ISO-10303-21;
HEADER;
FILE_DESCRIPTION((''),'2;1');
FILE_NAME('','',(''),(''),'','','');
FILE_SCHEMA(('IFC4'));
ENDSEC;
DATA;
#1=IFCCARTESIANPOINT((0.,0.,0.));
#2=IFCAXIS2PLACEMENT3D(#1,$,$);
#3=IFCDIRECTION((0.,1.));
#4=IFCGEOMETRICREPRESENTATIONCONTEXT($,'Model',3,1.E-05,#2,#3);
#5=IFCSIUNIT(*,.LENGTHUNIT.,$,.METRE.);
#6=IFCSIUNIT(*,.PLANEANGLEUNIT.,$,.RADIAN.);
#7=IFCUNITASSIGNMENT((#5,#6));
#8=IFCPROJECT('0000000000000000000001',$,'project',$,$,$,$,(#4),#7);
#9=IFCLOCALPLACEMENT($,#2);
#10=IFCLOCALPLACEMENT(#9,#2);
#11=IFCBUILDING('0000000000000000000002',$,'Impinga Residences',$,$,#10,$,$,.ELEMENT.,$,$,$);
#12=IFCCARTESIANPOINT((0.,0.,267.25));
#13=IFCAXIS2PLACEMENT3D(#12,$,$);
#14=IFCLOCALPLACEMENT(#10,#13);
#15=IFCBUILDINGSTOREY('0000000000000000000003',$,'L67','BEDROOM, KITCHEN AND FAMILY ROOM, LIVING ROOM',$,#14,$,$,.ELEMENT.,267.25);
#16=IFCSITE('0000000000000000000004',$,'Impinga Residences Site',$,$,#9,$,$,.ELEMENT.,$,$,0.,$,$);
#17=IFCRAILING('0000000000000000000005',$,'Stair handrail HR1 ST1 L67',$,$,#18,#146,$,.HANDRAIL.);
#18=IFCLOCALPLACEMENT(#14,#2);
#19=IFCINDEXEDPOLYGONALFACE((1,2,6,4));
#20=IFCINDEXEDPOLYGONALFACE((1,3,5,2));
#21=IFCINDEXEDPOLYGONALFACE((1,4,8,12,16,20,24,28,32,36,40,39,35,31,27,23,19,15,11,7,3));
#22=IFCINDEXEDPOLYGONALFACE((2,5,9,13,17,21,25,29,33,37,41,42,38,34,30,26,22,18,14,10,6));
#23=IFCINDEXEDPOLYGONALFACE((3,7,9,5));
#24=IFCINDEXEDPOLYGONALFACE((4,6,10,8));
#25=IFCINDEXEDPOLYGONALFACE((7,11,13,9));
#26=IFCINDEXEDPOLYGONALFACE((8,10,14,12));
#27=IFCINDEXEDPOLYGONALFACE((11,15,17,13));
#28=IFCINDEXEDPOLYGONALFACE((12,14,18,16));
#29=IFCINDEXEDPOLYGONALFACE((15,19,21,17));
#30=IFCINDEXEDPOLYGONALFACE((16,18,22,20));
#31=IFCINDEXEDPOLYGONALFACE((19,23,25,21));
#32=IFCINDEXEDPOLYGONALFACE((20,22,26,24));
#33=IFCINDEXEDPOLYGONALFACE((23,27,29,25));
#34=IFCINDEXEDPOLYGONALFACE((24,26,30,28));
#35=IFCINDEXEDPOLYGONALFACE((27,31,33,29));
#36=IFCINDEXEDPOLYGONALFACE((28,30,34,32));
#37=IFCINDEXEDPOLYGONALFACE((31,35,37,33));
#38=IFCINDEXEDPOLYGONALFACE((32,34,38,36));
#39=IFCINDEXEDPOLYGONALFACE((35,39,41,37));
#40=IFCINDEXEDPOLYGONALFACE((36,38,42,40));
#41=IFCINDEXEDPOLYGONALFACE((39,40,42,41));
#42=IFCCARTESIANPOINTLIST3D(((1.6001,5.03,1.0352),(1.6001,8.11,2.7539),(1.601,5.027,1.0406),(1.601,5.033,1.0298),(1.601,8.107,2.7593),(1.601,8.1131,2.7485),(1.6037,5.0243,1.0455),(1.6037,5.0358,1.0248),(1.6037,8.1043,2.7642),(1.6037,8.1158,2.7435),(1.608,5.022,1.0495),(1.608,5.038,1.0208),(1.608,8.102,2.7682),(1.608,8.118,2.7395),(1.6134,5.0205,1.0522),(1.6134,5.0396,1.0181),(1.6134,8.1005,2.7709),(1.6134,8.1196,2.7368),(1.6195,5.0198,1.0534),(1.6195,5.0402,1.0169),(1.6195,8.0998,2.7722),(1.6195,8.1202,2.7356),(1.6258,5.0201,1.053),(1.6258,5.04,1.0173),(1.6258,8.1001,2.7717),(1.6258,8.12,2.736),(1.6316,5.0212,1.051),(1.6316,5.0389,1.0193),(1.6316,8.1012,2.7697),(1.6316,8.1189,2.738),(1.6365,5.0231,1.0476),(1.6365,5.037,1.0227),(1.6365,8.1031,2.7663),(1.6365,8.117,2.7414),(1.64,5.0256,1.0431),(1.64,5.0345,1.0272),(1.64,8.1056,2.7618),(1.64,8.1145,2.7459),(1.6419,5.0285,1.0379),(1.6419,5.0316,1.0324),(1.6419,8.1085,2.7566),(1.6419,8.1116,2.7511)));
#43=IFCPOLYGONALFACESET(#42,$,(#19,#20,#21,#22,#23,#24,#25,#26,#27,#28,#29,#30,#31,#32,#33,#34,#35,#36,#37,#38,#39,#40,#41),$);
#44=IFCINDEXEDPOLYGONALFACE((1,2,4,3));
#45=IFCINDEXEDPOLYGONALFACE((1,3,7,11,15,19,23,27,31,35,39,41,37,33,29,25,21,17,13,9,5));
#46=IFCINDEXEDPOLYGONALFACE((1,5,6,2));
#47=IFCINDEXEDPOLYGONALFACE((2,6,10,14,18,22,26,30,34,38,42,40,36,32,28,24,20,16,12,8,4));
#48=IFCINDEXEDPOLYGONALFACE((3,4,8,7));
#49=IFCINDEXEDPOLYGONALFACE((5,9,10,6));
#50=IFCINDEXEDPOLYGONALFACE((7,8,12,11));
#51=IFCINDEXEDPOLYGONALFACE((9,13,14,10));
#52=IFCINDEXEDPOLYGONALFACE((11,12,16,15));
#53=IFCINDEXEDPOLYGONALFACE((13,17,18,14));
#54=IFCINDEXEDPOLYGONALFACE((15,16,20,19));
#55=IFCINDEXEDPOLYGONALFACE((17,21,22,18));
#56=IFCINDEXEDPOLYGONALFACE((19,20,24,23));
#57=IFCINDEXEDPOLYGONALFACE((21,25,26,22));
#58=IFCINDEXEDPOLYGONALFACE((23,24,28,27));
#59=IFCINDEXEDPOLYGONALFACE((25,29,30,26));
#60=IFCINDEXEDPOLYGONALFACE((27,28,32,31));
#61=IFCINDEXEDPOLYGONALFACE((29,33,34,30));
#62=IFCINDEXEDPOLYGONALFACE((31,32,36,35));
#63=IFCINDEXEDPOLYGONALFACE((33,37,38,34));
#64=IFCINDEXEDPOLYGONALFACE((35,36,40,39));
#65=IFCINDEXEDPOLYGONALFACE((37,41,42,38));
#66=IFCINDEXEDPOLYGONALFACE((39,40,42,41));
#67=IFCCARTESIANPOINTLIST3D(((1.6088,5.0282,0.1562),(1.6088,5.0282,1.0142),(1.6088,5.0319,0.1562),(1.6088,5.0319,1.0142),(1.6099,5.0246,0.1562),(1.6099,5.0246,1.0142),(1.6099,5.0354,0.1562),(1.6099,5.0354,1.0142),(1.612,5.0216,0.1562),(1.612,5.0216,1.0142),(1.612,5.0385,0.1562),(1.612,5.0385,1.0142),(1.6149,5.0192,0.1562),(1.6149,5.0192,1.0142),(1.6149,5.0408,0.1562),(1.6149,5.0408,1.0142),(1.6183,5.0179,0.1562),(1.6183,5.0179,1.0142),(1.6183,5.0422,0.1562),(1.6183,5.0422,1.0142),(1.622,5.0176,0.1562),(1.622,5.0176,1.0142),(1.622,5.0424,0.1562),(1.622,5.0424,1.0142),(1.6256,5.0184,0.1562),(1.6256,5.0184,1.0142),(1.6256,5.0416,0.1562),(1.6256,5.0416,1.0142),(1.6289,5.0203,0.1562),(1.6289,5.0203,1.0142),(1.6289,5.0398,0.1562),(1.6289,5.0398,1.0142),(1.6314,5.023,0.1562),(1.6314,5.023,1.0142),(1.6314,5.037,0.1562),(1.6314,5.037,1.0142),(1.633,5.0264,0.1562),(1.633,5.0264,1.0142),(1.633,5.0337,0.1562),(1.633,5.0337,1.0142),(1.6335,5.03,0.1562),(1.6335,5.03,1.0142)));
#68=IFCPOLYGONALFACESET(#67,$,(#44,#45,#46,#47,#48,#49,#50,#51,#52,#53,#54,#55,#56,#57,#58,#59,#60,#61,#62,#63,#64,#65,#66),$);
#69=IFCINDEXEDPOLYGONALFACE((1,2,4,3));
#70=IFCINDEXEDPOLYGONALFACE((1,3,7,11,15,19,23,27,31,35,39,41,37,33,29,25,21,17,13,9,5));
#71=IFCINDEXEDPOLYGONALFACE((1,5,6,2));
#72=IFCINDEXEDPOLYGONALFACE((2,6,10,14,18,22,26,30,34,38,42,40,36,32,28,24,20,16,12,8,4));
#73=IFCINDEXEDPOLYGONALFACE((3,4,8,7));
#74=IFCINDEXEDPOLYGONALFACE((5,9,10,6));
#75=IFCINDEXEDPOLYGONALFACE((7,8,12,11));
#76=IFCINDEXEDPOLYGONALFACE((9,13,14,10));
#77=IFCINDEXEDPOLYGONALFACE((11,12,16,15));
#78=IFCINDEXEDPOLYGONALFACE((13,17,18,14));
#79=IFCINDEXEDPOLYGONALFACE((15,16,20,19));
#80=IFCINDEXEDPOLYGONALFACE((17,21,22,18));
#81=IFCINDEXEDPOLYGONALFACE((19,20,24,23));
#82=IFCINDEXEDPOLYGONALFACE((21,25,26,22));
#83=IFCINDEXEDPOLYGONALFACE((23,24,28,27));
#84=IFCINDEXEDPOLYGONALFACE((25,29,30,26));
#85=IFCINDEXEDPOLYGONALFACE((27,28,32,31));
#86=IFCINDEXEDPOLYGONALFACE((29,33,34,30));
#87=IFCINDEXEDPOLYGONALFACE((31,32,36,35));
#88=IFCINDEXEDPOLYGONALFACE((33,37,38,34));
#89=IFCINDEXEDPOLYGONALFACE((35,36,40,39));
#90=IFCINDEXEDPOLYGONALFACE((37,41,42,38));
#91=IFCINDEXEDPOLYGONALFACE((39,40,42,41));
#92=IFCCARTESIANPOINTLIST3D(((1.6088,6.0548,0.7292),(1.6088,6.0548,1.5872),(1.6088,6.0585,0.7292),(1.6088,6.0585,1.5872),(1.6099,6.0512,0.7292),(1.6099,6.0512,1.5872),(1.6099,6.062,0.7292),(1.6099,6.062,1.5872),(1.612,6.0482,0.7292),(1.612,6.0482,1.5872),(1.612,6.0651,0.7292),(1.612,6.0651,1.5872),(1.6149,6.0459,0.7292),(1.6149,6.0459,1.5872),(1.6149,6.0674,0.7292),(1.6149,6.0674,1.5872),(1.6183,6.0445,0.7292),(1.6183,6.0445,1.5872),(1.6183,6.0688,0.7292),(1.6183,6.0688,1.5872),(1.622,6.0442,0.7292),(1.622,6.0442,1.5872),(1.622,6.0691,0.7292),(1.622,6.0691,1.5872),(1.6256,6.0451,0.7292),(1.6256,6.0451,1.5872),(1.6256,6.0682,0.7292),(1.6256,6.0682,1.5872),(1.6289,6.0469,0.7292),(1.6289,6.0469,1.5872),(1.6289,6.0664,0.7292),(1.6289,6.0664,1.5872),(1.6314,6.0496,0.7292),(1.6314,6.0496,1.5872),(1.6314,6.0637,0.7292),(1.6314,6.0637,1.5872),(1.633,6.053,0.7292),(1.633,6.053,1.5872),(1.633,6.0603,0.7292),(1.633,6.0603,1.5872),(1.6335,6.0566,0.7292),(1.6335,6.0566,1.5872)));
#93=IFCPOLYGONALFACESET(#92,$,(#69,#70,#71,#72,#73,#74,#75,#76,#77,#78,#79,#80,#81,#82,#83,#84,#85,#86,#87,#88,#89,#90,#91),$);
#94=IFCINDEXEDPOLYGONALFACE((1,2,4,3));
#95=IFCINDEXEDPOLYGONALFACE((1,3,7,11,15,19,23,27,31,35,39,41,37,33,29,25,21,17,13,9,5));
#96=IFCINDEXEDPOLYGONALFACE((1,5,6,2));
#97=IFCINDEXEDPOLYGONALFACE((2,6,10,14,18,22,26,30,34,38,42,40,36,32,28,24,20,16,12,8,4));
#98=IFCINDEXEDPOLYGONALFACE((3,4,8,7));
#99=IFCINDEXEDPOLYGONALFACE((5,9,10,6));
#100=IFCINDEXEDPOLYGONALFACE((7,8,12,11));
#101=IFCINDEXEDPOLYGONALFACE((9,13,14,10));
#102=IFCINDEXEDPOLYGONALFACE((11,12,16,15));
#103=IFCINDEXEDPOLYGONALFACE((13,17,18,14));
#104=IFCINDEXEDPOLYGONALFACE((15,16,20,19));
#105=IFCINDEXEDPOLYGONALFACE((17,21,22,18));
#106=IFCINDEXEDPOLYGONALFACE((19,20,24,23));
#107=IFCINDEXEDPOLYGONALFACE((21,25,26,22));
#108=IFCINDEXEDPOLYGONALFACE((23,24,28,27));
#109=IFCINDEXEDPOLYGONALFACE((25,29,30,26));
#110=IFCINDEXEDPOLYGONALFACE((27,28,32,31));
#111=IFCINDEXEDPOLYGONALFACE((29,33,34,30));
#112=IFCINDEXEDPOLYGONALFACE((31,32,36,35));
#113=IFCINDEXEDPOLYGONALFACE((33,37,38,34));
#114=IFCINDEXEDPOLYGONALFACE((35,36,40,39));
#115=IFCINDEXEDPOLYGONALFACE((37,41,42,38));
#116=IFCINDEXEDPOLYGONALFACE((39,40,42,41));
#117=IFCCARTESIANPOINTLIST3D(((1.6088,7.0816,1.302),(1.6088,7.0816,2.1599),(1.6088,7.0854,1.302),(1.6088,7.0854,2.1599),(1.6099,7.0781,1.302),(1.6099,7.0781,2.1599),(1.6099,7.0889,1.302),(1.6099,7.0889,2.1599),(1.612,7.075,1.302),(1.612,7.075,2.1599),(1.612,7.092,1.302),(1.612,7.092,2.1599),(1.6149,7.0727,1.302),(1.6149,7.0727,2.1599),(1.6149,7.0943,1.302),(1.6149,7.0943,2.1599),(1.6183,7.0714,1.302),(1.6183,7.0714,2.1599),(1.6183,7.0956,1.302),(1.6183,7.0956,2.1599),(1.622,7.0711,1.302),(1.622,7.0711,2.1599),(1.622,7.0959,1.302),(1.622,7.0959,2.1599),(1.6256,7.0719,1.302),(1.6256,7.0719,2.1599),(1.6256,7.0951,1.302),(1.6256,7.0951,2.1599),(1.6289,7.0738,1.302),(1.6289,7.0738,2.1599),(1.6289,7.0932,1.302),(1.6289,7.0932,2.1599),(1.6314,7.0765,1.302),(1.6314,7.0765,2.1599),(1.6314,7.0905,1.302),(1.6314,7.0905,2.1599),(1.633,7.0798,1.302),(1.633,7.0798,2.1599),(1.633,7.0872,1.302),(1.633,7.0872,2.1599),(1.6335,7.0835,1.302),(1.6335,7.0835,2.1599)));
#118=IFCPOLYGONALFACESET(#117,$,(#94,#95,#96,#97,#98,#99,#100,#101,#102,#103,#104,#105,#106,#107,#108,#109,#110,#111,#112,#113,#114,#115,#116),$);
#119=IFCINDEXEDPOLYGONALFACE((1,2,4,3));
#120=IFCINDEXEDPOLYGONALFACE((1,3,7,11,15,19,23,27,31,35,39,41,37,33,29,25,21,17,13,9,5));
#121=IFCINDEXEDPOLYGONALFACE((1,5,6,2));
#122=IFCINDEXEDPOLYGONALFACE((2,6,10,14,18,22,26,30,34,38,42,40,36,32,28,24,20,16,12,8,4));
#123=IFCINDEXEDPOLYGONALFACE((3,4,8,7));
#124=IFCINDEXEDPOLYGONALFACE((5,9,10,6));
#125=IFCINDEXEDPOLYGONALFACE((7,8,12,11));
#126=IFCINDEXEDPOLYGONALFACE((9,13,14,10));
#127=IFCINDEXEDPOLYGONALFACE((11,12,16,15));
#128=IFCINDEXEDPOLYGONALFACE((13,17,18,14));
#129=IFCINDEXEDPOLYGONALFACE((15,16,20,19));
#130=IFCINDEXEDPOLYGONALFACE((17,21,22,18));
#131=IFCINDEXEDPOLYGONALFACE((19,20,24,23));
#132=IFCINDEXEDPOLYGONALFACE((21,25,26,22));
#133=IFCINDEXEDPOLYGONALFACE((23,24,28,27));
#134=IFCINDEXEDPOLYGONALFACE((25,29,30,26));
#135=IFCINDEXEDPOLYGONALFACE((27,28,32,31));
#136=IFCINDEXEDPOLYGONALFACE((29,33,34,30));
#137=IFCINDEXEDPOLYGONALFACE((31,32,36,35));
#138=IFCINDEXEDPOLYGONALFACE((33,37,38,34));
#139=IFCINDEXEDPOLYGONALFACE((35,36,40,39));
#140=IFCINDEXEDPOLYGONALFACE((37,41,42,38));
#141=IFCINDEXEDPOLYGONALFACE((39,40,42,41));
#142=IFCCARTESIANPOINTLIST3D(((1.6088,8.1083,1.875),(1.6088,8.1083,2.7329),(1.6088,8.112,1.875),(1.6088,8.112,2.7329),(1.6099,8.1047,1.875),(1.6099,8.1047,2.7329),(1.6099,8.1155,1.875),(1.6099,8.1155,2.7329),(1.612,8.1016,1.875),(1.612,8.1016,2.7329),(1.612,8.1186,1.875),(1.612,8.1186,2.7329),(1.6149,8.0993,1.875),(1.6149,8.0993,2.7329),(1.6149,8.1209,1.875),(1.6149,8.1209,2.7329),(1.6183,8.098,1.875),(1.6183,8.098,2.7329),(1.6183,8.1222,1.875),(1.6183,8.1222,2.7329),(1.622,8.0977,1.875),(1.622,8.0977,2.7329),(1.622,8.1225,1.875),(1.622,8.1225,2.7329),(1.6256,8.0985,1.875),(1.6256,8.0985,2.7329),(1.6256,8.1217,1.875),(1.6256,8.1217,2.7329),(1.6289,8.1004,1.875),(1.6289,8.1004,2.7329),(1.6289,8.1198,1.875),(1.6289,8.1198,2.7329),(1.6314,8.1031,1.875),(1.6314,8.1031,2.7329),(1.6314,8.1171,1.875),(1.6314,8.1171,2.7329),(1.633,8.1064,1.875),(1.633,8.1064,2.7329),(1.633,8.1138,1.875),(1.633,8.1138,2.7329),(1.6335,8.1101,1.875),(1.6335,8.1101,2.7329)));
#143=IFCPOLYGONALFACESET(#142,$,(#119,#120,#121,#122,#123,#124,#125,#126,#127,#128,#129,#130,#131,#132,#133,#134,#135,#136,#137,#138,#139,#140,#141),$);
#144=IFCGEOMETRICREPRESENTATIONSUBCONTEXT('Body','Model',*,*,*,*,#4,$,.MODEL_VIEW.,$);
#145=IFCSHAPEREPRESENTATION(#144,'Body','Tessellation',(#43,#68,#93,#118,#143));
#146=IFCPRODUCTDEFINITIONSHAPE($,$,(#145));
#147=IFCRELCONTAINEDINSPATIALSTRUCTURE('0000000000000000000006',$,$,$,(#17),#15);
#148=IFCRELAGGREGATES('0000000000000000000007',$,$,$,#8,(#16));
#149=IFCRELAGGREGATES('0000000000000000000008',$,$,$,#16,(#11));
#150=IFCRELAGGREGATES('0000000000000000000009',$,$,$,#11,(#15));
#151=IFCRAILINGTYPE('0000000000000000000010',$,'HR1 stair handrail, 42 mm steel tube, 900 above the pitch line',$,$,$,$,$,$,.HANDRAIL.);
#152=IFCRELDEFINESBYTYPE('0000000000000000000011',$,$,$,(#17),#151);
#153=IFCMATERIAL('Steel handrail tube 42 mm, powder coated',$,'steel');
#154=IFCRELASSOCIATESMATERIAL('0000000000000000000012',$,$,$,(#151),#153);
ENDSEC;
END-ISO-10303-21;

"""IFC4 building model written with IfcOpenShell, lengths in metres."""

from ifc_helpers import new_model, si_unit, direction, frame, origin, origin_2d, place, context, subcontext, project, spatial, circle, extrude, material, type_object, element, save


model = new_model("IFC4")

# Units and contexts
model_context = context("Model", 3, precision=1e-05, world=origin(), true_north=direction((0.0, 1.0)))
body_context = subcontext(model_context, "Body", "Model", "MODEL_VIEW")
ifc_project = project(units=[si_unit("LENGTHUNIT", "METRE"), si_unit("PLANEANGLEUNIT", "RADIAN")], contexts=[model_context])

# Site, building, storey
site_placement = place(None, origin())
site = spatial("IfcSite", under=ifc_project, at=site_placement, Name="Impinga Residences Site", CompositionType="ELEMENT", RefElevation=0.0)
building_placement = place(site_placement, origin())
building = spatial("IfcBuilding", under=site, at=building_placement, Name="Impinga Residences", CompositionType="ELEMENT")
storey_placement = place(building_placement, frame((0.0, 0.0, 267.25)))
storey = spatial("IfcBuildingStorey", under=building, at=storey_placement, Name="L67", Description="BEDROOM, KITCHEN AND FAMILY ROOM, LIVING ROOM", CompositionType="ELEMENT", Elevation=267.25)

# Railing
ifc_material_1 = material(Name="Steel handrail tube 42 mm, powder coated", Category="steel")
railing_type_1 = type_object("IfcRailingType", Name="HR1 stair handrail, 42 mm steel tube, 900 above the pitch line", PredefinedType="HANDRAIL", material=ifc_material_1)
railing_1_placement = place(storey_placement, frame((1.6211, 5.03, 0.1562)))
element("IfcRailing", 1, at=railing_1_placement, inside=storey, type_object=railing_type_1, Name="Stair handrail HR1 ST1 L67", PredefinedType="HANDRAIL", context=body_context, shape_type="SweptSolid", body=[
    extrude(circle(Radius=0.021, at=origin_2d()), frame((0.0, 0.0, 0.8789), z_axis=(0.0, 0.873242, 0.487288), x_axis=(-1.0, 0.0, 0.0)), (0.0, 0.0, 1.0), 3.5271),
    extrude(circle(Radius=0.0125, at=origin_2d()), origin(), (0.0, 0.0, 1.0), 0.8579),
    extrude(circle(Radius=0.0125, at=origin_2d()), frame((0.0, 1.0266, 0.573)), (0.0, 0.0, 1.0), 0.8579),
    extrude(circle(Radius=0.0125, at=origin_2d()), frame((0.0, 2.0535, 1.1458)), (0.0, 0.0, 1.0), 0.8579),
    extrude(circle(Radius=0.0125, at=origin_2d()), frame((0.0, 3.0801, 1.7188)), (0.0, 0.0, 1.0), 0.8579),
])

save(model, "model.ifc")
